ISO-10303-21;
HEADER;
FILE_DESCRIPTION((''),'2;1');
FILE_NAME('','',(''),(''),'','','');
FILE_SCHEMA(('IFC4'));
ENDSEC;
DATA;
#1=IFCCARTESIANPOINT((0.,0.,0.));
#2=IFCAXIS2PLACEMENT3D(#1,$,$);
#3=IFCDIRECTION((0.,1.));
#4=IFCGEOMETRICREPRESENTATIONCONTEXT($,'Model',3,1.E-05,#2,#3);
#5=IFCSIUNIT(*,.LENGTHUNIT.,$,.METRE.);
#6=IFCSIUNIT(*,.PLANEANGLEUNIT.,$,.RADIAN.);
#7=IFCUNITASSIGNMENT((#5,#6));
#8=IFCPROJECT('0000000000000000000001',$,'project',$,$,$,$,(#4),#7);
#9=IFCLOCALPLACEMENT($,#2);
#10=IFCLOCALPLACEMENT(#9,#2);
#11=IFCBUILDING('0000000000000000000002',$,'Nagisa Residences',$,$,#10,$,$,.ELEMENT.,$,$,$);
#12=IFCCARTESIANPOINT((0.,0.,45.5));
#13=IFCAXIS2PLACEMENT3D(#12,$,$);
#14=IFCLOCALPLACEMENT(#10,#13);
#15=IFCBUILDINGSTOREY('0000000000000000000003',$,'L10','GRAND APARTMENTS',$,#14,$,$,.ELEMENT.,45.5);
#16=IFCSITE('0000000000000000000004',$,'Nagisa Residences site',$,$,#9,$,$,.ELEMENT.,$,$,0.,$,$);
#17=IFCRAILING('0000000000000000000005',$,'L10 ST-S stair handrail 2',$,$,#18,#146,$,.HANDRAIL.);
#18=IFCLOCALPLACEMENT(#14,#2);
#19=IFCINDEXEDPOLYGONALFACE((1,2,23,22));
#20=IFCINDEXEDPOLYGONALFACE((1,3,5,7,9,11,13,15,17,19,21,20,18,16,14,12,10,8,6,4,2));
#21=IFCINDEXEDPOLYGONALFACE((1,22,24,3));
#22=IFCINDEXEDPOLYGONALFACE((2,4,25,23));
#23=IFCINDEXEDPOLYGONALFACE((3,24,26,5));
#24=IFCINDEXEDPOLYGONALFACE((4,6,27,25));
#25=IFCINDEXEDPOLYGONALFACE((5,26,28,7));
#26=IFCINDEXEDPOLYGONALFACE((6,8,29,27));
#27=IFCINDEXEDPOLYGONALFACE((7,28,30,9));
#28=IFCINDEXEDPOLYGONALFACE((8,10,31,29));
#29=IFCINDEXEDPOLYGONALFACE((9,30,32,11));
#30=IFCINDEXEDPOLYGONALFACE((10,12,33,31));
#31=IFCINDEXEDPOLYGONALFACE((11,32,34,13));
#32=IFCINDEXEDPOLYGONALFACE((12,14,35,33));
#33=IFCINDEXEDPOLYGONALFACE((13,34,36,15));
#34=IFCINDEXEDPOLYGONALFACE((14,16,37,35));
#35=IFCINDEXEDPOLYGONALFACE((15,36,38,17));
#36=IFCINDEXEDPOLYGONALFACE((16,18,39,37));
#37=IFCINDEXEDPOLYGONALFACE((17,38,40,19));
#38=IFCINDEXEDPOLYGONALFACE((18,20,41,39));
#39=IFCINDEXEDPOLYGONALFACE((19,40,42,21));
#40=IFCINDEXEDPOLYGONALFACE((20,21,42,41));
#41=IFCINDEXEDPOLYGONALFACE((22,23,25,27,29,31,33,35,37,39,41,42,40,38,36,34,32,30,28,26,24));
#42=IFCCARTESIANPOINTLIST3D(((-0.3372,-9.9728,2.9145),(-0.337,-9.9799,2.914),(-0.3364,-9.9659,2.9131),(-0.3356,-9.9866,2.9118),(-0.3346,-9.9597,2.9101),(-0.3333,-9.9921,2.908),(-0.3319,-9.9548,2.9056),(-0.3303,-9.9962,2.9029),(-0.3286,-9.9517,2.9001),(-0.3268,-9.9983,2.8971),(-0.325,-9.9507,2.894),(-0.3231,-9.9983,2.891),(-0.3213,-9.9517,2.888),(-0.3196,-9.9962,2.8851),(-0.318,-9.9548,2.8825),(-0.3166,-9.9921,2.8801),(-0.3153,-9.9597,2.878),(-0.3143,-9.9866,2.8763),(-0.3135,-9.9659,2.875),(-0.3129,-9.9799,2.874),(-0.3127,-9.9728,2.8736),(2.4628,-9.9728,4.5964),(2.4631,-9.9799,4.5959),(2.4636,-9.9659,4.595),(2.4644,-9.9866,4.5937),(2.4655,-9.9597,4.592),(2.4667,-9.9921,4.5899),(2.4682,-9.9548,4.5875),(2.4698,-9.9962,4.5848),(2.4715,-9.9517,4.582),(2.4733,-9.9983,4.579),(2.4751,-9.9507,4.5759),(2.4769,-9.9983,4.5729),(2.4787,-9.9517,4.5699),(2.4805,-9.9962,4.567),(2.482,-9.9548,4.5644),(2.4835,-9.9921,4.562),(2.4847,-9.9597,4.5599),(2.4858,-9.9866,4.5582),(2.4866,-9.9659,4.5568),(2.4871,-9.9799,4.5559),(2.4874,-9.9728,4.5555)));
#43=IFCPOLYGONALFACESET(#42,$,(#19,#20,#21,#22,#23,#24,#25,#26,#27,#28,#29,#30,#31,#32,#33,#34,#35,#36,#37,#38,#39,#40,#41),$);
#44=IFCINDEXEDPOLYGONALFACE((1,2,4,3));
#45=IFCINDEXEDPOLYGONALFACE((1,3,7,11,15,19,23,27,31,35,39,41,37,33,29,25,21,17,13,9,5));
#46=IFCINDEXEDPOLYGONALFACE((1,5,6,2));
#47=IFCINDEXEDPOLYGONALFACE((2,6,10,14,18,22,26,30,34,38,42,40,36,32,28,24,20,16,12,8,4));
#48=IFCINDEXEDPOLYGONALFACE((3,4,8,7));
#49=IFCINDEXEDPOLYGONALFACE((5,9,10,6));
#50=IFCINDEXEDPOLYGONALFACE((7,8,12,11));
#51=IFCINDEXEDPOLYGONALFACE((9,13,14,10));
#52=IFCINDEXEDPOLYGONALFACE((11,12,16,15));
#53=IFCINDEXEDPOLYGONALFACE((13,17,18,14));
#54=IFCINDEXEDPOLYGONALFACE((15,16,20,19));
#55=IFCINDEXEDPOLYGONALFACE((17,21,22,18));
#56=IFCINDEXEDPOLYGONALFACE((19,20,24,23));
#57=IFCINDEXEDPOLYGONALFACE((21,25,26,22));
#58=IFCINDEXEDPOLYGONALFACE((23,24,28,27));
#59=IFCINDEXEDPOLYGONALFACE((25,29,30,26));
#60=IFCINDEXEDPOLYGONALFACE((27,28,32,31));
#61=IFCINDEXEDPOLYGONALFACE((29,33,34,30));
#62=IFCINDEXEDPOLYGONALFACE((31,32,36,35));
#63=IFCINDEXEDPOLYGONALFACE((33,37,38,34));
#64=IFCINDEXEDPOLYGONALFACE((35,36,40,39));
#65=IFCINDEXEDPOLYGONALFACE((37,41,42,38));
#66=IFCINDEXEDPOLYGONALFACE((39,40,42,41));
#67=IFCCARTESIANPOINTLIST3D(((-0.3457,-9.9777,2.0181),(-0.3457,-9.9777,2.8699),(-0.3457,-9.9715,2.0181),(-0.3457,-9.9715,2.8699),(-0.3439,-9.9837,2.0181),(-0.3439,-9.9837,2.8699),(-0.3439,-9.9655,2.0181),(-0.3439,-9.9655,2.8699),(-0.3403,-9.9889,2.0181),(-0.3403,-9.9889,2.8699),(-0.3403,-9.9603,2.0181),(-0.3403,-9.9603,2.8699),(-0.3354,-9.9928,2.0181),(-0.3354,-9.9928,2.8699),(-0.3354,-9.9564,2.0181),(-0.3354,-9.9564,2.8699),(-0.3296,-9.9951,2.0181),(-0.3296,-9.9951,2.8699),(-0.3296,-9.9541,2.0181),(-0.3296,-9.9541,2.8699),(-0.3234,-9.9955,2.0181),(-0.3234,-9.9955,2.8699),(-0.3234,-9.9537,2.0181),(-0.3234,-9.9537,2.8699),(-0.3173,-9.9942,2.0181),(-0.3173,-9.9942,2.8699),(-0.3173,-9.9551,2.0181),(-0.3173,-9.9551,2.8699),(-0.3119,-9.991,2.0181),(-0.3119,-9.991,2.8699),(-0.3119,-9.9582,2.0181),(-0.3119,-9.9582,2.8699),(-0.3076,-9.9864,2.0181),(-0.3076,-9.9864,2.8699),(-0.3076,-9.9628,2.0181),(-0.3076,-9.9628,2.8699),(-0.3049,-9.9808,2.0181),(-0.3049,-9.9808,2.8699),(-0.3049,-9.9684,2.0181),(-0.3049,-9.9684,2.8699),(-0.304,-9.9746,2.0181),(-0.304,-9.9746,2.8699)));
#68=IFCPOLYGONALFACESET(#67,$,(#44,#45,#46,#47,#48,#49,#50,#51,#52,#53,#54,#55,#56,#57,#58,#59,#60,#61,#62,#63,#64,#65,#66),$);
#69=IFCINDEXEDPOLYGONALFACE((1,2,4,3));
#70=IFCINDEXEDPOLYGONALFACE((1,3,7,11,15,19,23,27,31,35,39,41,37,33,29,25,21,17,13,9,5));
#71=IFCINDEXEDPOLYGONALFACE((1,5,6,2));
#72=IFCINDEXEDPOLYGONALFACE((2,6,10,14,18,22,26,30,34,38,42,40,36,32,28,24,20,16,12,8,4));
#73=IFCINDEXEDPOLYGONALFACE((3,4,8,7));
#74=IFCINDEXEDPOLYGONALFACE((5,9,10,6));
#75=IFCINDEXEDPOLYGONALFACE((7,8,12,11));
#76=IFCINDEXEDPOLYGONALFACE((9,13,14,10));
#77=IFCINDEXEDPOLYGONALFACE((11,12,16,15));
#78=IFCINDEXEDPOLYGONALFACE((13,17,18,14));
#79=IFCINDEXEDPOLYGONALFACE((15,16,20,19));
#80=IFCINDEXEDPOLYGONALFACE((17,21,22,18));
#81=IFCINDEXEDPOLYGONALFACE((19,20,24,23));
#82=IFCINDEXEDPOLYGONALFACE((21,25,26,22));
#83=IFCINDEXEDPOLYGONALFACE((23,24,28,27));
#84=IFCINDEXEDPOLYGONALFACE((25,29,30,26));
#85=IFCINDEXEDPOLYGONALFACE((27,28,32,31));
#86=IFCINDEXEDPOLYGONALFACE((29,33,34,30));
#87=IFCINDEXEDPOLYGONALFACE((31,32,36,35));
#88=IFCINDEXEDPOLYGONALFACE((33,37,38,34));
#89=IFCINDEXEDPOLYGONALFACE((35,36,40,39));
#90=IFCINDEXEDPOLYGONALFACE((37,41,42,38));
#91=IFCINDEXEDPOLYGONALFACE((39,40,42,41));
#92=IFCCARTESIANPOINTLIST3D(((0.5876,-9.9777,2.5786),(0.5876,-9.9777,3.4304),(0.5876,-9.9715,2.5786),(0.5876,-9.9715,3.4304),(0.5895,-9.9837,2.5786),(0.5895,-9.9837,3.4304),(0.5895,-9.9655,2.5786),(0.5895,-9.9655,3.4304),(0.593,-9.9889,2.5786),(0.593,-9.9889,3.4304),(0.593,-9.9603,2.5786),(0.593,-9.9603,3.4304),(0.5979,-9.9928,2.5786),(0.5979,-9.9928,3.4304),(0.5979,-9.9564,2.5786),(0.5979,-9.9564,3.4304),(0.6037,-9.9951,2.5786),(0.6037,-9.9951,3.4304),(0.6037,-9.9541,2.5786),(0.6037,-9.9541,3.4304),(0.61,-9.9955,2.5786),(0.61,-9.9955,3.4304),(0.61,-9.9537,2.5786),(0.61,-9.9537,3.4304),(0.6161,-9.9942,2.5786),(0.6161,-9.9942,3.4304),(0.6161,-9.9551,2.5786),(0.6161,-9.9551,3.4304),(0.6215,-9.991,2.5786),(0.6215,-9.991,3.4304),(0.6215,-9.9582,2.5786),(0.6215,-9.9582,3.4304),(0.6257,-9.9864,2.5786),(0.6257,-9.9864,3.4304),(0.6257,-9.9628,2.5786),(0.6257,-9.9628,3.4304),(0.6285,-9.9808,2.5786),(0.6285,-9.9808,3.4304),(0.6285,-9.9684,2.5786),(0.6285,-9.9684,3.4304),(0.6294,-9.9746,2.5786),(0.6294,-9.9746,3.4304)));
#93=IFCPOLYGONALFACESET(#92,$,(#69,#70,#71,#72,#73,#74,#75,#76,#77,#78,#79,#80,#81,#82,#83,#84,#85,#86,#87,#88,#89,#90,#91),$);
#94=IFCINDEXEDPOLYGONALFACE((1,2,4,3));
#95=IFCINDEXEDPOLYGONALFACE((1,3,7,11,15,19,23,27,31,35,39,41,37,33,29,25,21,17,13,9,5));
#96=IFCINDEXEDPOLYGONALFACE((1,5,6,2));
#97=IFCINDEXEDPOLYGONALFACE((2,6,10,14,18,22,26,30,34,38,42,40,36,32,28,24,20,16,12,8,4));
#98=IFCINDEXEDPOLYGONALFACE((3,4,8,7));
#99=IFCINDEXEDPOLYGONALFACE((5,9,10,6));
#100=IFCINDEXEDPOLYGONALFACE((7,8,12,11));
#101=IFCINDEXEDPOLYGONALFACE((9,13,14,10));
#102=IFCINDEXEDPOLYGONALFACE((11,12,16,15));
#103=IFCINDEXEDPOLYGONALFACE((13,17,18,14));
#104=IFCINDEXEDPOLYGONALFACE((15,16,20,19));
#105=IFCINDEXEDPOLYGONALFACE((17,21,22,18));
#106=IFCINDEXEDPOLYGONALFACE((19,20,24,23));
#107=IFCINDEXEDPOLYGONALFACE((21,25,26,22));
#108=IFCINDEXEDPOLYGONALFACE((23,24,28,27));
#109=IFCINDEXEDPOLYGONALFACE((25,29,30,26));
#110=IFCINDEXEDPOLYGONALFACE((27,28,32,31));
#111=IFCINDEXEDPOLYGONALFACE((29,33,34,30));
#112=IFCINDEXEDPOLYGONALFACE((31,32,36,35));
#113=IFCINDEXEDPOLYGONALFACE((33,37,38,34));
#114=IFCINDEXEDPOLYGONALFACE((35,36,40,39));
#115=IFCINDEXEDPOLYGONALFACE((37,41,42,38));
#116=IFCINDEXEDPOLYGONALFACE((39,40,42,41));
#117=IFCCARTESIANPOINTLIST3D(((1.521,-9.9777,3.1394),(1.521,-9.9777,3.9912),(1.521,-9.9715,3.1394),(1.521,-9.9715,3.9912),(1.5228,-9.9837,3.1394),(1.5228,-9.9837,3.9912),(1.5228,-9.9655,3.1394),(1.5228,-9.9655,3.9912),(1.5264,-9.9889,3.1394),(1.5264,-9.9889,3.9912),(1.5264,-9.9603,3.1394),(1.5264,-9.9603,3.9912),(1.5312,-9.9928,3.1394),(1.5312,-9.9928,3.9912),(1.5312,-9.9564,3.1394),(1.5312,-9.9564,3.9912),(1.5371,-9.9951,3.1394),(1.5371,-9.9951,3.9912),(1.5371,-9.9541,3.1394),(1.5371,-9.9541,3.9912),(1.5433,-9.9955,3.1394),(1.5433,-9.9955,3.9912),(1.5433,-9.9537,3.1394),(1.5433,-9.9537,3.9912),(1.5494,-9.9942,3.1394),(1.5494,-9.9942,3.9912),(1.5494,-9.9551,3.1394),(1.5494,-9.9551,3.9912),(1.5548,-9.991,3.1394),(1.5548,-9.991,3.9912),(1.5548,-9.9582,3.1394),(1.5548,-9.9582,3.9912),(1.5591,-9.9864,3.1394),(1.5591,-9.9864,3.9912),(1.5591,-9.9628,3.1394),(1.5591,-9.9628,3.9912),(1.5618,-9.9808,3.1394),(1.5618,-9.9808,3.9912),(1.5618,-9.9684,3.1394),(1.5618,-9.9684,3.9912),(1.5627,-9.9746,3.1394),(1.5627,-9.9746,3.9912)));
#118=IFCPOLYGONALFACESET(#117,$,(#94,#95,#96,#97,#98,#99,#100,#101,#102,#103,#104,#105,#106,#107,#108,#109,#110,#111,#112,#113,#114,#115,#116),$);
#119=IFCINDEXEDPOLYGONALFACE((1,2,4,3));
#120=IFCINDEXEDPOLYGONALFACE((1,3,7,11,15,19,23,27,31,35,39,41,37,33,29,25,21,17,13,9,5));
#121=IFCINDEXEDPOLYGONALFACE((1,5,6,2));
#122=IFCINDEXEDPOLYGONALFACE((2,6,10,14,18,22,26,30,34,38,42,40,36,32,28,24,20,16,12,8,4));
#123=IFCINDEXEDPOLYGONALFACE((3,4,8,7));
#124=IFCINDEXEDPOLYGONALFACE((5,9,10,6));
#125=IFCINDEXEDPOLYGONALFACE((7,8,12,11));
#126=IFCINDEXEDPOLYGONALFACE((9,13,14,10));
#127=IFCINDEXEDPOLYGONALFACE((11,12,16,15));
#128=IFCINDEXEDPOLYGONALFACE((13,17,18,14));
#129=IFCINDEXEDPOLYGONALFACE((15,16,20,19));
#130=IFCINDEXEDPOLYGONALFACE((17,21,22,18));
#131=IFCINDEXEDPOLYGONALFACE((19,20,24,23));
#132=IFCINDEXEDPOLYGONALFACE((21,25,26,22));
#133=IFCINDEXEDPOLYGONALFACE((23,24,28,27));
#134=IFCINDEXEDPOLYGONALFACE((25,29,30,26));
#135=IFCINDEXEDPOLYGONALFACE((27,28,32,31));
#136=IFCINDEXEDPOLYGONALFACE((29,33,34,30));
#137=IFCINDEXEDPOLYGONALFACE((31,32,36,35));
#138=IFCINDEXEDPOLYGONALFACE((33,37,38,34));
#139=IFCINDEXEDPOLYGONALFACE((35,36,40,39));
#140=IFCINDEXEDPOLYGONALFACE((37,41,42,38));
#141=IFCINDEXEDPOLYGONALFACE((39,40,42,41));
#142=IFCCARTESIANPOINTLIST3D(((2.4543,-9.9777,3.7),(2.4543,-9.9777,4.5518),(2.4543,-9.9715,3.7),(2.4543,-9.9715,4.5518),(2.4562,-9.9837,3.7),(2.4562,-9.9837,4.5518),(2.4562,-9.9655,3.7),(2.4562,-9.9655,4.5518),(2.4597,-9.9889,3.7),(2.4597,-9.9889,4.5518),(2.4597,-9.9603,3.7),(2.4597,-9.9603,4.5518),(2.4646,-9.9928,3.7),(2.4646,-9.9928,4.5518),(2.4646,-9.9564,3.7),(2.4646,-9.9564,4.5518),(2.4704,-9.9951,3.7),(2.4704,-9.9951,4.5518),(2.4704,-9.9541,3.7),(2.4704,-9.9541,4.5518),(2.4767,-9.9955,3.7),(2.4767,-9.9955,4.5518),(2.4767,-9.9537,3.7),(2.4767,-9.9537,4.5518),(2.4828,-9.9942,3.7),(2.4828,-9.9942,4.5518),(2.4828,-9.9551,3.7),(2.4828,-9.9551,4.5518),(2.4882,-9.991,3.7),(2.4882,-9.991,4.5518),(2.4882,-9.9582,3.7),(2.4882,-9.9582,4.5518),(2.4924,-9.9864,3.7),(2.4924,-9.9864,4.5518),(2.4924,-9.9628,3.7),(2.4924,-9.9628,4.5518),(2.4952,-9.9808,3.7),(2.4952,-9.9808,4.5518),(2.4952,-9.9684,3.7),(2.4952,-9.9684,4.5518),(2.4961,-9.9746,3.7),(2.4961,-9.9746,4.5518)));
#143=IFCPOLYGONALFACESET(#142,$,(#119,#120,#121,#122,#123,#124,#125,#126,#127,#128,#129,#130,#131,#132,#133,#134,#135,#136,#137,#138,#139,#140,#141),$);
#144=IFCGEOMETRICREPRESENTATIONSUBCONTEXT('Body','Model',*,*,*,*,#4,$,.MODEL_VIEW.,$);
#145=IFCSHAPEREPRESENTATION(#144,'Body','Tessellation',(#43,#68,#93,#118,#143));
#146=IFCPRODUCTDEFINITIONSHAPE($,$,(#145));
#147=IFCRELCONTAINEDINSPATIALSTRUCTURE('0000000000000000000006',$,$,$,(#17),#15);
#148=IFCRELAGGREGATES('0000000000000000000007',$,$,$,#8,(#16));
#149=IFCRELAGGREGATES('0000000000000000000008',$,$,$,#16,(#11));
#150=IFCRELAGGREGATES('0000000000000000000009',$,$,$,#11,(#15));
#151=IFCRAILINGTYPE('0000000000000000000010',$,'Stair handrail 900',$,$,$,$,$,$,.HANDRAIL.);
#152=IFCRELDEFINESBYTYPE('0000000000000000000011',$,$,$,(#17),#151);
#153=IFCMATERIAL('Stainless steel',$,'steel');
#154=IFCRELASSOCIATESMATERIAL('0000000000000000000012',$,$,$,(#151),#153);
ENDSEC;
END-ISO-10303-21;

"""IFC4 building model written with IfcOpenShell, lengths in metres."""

from ifc_helpers import new_model, si_unit, direction, frame, origin, origin_2d, place, context, subcontext, project, spatial, circle, extrude, material, type_object, element, save


model = new_model("IFC4")

# Units and contexts
model_context = context("Model", 3, precision=1e-05, world=origin(), true_north=direction((0.0, 1.0)))
body_context = subcontext(model_context, "Body", "Model", "MODEL_VIEW")
ifc_project = project(units=[si_unit("LENGTHUNIT", "METRE"), si_unit("PLANEANGLEUNIT", "RADIAN")], contexts=[model_context])

# Site, building, storey
site_placement = place(None, origin())
site = spatial("IfcSite", under=ifc_project, at=site_placement, Name="Nagisa Residences site", CompositionType="ELEMENT", RefElevation=0.0)
building_placement = place(site_placement, origin())
building = spatial("IfcBuilding", under=site, at=building_placement, Name="Nagisa Residences", CompositionType="ELEMENT")
storey_placement = place(building_placement, frame((0.0, 0.0, 45.5)))
storey = spatial("IfcBuildingStorey", under=building, at=storey_placement, Name="L10", Description="GRAND APARTMENTS", CompositionType="ELEMENT", Elevation=45.5)

# Railing
ifc_material_1 = material(Name="Stainless steel", Category="steel")
railing_type = type_object("IfcRailingType", Name="Stair handrail 900", PredefinedType="HANDRAIL", material=ifc_material_1)
railing_placement = place(storey_placement, frame((-0.325, -9.9746, 2.0181)))
element("IfcRailing", 1, at=railing_placement, inside=storey, type_object=railing_type, Name="L10 ST-S stair handrail 2", PredefinedType="HANDRAIL", context=body_context, shape_type="SweptSolid", body=[
    extrude(circle(Radius=0.0239, at=origin_2d()), frame((0.0, 0.0, 0.876), z_axis=(0.857242, 0.0, 0.514913), x_axis=(0.0, 1.0, 0.0)), (0.0, 0.0, 1.0), 3.2664),
    extrude(circle(Radius=0.021, at=origin_2d()), origin(), (0.0, 0.0, 1.0), 0.8518),
    extrude(circle(Radius=0.021, at=origin_2d()), frame((0.9333, 0.0, 0.5605)), (0.0, 0.0, 1.0), 0.8518),
    extrude(circle(Radius=0.021, at=origin_2d()), frame((1.8667, 0.0, 1.1213)), (0.0, 0.0, 1.0), 0.8518),
    extrude(circle(Radius=0.021, at=origin_2d()), frame((2.8, 0.0, 1.6819)), (0.0, 0.0, 1.0), 0.8518),
])

save(model, "model.ifc")
